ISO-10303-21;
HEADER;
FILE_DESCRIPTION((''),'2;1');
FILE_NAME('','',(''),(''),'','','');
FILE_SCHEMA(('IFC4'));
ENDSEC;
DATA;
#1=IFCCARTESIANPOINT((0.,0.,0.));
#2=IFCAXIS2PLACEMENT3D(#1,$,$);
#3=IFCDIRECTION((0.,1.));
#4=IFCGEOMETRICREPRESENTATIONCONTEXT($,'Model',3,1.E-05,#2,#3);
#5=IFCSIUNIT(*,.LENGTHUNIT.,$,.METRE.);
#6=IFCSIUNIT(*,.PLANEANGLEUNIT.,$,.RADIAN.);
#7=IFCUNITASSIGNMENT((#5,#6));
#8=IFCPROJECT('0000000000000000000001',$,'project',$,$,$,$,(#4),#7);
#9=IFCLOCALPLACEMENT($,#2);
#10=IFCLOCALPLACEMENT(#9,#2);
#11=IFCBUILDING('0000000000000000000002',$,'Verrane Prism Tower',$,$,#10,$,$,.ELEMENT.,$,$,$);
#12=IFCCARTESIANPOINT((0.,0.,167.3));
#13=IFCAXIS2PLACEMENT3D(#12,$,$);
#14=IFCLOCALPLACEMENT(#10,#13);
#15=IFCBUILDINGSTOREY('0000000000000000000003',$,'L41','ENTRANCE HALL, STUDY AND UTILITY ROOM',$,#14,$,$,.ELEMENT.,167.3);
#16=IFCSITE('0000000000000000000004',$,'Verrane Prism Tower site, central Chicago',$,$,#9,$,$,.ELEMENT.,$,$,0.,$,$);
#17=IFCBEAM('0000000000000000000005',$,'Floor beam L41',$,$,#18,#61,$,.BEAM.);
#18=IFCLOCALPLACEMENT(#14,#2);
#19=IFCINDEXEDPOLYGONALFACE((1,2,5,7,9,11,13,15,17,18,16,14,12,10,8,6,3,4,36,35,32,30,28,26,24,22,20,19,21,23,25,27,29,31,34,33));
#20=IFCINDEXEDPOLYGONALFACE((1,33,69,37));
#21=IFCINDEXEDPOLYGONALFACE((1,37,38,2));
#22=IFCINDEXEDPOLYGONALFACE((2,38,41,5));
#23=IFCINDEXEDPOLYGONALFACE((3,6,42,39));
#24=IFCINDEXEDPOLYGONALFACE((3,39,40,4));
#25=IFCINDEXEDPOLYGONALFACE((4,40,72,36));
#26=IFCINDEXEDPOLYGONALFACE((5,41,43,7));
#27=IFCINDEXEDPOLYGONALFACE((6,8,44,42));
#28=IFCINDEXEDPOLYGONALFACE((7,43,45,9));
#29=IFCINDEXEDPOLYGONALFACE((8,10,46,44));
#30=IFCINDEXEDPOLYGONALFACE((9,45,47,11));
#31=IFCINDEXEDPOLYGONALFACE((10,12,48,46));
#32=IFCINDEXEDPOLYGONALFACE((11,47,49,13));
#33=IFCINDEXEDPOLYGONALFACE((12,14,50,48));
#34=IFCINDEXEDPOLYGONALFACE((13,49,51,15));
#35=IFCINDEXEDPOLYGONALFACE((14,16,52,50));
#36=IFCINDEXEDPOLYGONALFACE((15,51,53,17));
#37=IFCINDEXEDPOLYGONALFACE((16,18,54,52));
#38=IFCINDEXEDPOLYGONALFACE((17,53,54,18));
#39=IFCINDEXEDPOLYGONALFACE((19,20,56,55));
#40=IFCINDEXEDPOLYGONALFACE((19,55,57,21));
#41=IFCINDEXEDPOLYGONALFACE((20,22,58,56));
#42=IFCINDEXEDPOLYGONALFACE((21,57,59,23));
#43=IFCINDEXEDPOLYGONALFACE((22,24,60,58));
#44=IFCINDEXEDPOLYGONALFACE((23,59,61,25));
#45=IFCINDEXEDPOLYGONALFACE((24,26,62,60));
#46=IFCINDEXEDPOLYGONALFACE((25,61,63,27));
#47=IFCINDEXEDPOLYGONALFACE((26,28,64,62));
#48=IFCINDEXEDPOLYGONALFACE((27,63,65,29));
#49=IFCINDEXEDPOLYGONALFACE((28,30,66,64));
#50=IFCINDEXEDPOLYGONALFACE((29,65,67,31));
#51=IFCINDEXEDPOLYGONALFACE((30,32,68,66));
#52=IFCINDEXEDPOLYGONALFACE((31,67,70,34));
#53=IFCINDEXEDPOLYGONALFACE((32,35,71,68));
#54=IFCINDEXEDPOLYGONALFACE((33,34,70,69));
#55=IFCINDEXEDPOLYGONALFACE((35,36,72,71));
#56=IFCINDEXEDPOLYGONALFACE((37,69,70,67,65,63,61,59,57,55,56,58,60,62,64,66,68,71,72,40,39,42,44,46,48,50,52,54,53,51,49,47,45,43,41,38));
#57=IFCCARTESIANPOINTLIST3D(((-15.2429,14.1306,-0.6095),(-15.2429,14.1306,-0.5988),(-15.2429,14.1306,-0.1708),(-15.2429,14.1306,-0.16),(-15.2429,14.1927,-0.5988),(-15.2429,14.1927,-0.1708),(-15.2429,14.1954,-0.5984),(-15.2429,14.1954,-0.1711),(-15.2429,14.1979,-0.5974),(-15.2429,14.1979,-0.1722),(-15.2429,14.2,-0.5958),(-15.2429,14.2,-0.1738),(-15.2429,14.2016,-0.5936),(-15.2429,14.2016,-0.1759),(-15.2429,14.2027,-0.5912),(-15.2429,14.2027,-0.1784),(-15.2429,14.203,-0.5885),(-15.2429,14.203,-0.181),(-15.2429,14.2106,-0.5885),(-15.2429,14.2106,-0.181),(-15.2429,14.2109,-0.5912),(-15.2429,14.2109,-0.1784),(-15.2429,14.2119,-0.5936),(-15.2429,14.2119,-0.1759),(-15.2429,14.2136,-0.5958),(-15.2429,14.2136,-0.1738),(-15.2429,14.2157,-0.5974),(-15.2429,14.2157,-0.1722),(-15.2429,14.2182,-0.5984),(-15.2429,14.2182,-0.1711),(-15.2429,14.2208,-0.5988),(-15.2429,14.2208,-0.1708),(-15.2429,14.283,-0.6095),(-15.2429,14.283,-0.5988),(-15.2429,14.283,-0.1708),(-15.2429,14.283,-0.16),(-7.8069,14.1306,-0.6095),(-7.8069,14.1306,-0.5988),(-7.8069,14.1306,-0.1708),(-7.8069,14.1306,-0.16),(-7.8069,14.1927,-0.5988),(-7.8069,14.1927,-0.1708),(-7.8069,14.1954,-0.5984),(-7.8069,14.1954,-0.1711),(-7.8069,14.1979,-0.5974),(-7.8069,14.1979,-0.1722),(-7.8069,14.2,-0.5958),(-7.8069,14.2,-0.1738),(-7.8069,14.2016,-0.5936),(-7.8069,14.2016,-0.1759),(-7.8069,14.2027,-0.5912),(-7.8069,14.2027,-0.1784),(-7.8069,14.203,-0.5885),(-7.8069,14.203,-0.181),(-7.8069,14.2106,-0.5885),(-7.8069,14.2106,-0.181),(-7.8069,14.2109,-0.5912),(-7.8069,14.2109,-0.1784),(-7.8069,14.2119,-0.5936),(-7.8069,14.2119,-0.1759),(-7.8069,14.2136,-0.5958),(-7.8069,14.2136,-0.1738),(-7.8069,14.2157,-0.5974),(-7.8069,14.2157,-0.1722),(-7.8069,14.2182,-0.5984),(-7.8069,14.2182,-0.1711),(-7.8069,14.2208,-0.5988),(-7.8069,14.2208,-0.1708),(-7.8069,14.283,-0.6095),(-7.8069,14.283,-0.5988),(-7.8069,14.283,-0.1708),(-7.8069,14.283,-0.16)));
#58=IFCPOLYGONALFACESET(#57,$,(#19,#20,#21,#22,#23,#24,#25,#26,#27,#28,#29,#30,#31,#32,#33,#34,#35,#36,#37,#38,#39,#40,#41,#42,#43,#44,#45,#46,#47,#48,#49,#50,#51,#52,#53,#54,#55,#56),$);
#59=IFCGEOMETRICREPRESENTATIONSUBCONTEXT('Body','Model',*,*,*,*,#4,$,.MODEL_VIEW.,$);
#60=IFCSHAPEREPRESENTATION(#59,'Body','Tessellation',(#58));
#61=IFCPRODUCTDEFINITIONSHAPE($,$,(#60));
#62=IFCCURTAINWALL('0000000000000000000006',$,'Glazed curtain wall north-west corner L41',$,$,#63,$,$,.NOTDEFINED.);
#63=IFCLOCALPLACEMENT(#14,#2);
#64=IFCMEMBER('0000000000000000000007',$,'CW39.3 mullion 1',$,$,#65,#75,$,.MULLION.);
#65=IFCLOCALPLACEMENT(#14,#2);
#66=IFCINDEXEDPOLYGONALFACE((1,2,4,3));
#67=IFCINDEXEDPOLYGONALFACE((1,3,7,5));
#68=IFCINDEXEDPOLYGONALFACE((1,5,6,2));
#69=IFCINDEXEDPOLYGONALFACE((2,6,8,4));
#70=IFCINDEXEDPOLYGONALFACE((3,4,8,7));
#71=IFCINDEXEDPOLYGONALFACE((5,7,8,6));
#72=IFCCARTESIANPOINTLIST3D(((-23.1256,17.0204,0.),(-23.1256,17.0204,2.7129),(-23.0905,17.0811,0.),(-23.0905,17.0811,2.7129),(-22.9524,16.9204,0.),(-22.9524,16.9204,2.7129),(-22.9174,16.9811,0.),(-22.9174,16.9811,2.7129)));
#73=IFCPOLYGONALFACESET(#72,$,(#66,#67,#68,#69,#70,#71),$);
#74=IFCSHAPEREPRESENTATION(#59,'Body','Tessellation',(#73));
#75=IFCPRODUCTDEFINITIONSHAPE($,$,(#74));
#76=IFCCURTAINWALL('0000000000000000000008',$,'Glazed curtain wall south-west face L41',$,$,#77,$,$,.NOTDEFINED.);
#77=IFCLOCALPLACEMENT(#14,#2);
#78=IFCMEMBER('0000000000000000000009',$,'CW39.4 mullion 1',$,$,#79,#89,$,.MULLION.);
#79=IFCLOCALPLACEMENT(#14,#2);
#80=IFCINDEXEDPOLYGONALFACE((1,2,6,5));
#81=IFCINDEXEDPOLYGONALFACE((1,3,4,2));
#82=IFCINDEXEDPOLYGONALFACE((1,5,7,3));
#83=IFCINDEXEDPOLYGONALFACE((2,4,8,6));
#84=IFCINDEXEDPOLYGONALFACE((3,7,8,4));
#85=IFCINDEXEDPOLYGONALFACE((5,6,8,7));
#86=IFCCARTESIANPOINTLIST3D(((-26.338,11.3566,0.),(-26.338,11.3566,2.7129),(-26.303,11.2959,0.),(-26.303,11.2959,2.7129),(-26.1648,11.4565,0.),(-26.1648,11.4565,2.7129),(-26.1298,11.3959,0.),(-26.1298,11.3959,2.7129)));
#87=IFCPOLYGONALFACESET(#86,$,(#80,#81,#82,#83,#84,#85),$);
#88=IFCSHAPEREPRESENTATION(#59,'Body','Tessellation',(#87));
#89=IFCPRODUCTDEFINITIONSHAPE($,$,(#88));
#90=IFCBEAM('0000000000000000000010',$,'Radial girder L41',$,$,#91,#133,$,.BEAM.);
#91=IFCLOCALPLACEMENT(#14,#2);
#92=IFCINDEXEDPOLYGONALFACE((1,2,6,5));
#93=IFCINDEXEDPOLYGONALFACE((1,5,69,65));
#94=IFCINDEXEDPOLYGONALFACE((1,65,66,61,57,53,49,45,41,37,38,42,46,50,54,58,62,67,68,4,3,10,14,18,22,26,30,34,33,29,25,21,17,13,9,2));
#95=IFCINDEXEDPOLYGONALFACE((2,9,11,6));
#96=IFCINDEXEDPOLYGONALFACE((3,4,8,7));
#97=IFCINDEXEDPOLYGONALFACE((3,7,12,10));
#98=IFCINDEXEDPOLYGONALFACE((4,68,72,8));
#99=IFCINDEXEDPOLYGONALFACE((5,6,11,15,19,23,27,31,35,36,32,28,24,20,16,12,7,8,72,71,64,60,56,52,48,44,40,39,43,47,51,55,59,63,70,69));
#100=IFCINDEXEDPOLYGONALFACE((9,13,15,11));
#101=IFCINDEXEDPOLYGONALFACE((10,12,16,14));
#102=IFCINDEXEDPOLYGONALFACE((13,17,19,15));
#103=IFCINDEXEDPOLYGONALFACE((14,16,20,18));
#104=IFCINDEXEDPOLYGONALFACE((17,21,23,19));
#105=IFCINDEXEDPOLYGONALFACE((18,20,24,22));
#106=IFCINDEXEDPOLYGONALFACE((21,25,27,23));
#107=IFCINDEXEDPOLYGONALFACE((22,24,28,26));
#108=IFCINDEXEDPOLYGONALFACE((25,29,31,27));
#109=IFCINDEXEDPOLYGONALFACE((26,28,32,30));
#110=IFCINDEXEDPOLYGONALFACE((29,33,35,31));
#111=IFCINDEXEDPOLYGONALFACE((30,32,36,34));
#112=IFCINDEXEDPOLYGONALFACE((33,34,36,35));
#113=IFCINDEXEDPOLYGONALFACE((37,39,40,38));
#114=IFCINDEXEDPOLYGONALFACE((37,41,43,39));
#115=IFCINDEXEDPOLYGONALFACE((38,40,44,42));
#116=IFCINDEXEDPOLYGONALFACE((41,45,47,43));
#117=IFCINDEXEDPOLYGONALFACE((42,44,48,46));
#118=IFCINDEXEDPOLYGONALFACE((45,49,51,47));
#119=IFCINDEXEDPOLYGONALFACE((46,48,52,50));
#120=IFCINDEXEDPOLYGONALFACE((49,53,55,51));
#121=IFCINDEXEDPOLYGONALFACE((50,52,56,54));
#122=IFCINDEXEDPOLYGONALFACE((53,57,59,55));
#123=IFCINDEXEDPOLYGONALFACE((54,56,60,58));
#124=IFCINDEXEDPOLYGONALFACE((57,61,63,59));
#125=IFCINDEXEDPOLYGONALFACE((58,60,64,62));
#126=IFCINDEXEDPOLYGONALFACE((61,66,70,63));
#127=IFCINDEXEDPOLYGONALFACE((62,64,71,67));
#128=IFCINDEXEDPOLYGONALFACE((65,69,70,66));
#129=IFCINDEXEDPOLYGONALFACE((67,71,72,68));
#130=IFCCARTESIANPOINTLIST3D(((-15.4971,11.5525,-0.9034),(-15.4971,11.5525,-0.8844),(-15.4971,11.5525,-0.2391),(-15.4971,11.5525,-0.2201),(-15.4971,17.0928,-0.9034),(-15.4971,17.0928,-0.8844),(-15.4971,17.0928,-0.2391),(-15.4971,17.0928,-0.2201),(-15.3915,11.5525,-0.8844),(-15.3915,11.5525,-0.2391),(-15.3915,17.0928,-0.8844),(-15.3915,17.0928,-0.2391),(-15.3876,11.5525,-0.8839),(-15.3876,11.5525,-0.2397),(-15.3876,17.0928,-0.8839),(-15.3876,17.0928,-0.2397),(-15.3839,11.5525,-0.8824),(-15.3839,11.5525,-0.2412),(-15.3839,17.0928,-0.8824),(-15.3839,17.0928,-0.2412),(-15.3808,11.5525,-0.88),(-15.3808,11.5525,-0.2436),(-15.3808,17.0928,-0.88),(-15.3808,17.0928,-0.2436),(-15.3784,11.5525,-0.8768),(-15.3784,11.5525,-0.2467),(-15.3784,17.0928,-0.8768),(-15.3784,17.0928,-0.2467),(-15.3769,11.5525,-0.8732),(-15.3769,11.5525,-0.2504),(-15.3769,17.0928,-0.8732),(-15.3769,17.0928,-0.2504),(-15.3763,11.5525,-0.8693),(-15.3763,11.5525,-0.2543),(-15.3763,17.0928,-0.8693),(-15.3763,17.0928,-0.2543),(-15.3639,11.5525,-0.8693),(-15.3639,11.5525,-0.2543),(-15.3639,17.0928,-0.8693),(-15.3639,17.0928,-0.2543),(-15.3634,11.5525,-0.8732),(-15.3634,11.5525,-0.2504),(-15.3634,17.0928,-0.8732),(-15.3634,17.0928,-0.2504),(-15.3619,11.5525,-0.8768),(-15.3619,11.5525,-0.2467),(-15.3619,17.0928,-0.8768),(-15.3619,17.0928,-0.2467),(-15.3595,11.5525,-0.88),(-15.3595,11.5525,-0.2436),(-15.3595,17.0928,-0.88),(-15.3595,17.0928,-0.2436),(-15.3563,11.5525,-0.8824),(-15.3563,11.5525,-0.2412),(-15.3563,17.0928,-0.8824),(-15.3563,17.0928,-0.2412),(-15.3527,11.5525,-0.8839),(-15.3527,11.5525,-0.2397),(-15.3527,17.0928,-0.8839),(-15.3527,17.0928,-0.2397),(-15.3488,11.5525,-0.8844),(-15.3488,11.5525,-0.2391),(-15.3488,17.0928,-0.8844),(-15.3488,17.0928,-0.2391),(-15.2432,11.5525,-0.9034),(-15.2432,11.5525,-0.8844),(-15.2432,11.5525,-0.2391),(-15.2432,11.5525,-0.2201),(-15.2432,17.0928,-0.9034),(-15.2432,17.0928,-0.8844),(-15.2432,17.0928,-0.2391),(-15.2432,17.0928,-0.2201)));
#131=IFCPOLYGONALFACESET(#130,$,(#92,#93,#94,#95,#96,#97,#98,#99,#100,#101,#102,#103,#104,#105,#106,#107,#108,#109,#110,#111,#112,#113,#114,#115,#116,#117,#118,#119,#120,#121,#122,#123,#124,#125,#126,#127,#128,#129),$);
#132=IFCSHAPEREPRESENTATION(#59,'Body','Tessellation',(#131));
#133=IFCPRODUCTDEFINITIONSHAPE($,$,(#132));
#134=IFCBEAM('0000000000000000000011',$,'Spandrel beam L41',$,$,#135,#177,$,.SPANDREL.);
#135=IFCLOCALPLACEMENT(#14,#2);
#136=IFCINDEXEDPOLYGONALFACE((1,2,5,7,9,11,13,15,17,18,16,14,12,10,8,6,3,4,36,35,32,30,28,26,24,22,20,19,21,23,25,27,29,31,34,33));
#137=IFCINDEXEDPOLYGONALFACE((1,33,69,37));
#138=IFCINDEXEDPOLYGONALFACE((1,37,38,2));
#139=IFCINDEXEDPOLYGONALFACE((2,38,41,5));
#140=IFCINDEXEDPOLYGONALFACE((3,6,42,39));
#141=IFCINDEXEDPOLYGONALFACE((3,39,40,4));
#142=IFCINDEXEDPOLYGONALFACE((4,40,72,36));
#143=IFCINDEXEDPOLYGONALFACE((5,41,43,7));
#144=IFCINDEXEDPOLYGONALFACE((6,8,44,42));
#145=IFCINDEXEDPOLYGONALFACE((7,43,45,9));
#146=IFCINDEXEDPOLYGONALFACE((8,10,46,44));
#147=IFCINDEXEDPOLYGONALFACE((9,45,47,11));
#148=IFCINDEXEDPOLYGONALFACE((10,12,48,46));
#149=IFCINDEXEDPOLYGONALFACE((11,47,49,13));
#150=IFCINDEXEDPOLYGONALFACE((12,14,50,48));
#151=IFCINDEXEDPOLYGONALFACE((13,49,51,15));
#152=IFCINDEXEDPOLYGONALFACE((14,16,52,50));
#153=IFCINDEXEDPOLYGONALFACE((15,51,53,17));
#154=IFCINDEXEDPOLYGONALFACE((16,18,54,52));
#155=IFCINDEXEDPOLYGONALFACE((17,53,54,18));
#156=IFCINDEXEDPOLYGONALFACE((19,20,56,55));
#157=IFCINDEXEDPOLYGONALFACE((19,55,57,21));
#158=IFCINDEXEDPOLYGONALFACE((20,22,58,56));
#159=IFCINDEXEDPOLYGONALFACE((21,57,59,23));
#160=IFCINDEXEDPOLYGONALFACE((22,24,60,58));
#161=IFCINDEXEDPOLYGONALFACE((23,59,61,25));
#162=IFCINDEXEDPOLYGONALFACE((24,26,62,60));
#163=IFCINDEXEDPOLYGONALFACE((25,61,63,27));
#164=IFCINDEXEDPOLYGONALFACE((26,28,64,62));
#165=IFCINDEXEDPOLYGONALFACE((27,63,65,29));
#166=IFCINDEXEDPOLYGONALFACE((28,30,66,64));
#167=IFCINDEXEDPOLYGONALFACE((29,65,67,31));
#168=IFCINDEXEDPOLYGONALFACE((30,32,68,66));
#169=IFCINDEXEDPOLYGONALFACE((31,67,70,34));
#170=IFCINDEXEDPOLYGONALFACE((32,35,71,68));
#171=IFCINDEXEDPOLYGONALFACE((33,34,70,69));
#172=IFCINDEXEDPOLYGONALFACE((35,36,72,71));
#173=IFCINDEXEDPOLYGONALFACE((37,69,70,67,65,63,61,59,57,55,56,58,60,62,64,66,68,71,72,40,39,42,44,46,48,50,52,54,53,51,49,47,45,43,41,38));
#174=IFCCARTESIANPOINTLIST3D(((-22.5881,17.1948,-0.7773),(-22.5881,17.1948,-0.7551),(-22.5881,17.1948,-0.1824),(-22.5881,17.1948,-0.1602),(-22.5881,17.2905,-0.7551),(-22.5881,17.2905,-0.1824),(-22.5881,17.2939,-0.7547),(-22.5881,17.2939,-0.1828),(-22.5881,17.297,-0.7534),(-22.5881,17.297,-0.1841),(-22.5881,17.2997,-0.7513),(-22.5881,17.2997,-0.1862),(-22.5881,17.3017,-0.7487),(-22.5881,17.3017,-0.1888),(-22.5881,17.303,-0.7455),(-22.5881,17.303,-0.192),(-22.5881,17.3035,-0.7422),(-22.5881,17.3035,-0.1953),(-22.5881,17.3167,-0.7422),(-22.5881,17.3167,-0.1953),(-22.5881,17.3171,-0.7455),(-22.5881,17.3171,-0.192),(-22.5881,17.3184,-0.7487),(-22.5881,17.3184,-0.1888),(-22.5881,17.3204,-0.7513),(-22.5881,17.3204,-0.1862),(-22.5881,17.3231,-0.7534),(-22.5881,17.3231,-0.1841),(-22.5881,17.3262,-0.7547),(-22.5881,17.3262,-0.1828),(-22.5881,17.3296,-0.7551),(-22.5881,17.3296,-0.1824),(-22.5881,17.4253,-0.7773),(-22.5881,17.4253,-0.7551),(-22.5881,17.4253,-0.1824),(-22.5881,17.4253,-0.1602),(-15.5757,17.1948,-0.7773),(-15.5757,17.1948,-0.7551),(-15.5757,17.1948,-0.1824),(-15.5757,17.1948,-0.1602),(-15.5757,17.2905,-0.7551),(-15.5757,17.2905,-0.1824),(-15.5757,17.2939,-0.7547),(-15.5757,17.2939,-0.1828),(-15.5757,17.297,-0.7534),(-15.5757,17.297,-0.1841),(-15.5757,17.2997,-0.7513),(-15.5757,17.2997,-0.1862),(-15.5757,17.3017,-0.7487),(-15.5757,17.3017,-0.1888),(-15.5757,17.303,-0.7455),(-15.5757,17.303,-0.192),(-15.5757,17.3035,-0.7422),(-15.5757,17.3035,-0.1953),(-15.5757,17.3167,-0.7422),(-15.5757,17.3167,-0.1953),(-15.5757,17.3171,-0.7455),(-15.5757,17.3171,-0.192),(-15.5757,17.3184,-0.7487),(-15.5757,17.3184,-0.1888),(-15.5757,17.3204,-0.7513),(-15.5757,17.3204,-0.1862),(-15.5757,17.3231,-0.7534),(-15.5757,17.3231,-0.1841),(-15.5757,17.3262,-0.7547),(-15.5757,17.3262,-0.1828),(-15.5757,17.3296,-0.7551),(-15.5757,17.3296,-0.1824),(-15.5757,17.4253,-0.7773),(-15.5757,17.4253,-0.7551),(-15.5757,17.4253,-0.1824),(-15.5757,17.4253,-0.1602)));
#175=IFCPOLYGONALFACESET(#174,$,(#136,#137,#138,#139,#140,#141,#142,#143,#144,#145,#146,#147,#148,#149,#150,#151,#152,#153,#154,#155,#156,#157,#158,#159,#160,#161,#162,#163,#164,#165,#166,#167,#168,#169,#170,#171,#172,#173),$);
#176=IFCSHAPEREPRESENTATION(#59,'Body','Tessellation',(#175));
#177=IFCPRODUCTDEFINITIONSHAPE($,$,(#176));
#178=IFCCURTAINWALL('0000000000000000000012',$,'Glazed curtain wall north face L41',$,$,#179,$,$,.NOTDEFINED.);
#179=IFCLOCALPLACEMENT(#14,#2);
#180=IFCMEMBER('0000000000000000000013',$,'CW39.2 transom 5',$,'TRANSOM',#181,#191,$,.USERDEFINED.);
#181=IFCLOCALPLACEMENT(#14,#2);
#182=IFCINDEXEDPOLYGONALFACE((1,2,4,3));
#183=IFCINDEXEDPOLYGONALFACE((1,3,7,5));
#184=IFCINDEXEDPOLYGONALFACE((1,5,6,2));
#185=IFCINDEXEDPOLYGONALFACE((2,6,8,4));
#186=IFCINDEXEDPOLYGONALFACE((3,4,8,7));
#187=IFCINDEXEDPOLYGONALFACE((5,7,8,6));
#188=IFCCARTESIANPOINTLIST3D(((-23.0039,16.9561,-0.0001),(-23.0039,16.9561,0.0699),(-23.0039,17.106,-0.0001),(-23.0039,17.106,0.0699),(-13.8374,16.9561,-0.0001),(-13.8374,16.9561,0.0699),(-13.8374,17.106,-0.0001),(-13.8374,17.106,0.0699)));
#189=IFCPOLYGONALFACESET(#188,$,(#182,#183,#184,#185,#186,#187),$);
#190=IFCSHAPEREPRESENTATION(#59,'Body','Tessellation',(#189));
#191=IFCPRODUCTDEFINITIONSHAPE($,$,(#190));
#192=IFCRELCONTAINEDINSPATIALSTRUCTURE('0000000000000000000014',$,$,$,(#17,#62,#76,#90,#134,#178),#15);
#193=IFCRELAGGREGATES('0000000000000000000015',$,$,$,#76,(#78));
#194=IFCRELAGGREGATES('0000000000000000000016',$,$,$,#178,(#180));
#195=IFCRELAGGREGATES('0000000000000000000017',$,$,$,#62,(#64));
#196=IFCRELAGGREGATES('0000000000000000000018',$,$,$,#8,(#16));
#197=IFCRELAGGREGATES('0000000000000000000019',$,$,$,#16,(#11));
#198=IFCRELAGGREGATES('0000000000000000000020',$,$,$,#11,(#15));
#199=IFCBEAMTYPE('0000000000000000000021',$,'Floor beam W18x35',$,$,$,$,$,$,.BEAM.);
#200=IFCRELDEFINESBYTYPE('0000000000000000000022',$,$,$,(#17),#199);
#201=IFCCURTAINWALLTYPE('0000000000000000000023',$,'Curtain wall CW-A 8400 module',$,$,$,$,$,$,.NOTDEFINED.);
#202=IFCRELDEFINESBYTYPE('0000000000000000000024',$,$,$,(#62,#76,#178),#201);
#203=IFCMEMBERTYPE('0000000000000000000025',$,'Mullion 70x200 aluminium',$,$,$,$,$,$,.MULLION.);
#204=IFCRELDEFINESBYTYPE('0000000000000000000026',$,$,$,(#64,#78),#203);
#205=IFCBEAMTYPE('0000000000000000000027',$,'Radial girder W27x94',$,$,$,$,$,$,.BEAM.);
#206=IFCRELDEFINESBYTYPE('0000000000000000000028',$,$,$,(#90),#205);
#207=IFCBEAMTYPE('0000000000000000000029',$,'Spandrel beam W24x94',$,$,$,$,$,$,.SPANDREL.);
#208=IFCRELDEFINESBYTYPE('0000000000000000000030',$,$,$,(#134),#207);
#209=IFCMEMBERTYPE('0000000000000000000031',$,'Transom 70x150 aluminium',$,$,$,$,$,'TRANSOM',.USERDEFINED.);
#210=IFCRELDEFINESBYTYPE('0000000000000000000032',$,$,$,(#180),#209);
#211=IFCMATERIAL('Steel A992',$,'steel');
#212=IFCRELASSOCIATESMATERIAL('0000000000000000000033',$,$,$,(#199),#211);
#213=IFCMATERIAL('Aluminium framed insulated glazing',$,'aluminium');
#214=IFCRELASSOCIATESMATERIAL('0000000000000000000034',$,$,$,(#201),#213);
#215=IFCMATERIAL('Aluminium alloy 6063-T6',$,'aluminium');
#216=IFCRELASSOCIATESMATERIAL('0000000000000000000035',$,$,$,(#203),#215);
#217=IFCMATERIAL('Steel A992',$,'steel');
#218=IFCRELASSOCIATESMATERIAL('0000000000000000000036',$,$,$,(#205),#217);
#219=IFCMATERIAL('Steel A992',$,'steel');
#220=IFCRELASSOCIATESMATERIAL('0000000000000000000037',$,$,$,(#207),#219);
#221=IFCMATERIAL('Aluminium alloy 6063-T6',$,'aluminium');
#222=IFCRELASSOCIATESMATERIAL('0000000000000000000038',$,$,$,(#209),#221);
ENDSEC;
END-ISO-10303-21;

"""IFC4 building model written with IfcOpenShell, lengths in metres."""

from ifc_helpers import new_model, si_unit, direction, frame, origin, origin_2d, place, context, subcontext, project, spatial, rectangle, i_section, extrude, material, material_profile, profile_set, type_object, element, aggregate, save


model = new_model("IFC4")

# Units and contexts
model_context = context("Model", 3, precision=1e-05, world=origin(), true_north=direction((0.0, 1.0)))
body_context = subcontext(model_context, "Body", "Model", "MODEL_VIEW")
ifc_project = project(units=[si_unit("LENGTHUNIT", "METRE"), si_unit("PLANEANGLEUNIT", "RADIAN")], contexts=[model_context])

# Site, building, storey
site_placement = place(None, origin())
site = spatial("IfcSite", under=ifc_project, at=site_placement, Name="Verrane Prism Tower site, central Chicago", CompositionType="ELEMENT", RefElevation=0.0)
building_placement = place(site_placement, origin())
building = spatial("IfcBuilding", under=site, at=building_placement, Name="Verrane Prism Tower", CompositionType="ELEMENT")
storey_placement = place(building_placement, frame((0.0, 0.0, 167.3)))
storey = spatial("IfcBuildingStorey", under=building, at=storey_placement, Name="L41", Description="ENTRANCE HALL, STUDY AND UTILITY ROOM", CompositionType="ELEMENT", Elevation=167.3)

# Beam
ifc_material_1 = material(Name="Steel A992", Category="steel")
ifc_material_profile_1 = material_profile(ifc_material_1, i_section(OverallWidth=0.1523, OverallDepth=0.4495, WebThickness=0.0076, FlangeThickness=0.0107, FilletRadius=0.0103, at=origin_2d()), Name="W18x35")
ifc_profile_set_1 = profile_set([ifc_material_profile_1], Name="Steel A992")
beam_type_1 = type_object("IfcBeamType", Name="Floor beam W18x35", PredefinedType="BEAM", material=ifc_profile_set_1)
beam_1_placement = place(storey_placement, frame((-15.2429, 14.2068, -0.3848), z_axis=(1.0, 0.0, 0.0), x_axis=(0.0, 1.0, 0.0)))
element("IfcBeam", 1, at=beam_1_placement, inside=storey, type_object=beam_type_1, Name="Floor beam L41", PredefinedType="BEAM", context=body_context, shape_type="SweptSolid", body=[
    extrude(i_section(OverallWidth=0.1523, OverallDepth=0.4495, WebThickness=0.0076, FlangeThickness=0.0107, FilletRadius=0.0103, at=origin_2d()), origin(), (0.0, 0.0, 1.0), 7.436),
])

# Curtain walls, members
ifc_material_2 = material(Name="Aluminium framed insulated glazing", Category="aluminium")
curtain_wall_type = type_object("IfcCurtainWallType", Name="Curtain wall CW-A 8400 module", PredefinedType="NOTDEFINED", material=ifc_material_2)
curtain_wall_1_placement = place(storey_placement, origin())
curtain_wall_1 = element("IfcCurtainWall", 2, at=curtain_wall_1_placement, inside=storey, type_object=curtain_wall_type, Name="Glazed curtain wall north-west corner L41", PredefinedType="NOTDEFINED")
ifc_material_3 = material(Name="Aluminium alloy 6063-T6", Category="aluminium")
ifc_material_profile_2 = material_profile(ifc_material_3, rectangle(XDim=0.2, YDim=0.0701, at=origin_2d()), Name="Mullion 70x200 aluminium")
ifc_profile_set_2 = profile_set([ifc_material_profile_2], Name="Aluminium alloy 6063-T6")
member_type_1 = type_object("IfcMemberType", Name="Mullion 70x200 aluminium", PredefinedType="MULLION", material=ifc_profile_set_2)
member_1_placement = place(storey_placement, frame((-23.0215, 17.0007, 0.0), z_axis=(0.0, 0.0, 1.0), x_axis=(0.866022, -0.500006, 0.0)))
member_1 = element("IfcMember", 3, at=member_1_placement, type_object=member_type_1, Name="CW39.3 mullion 1", PredefinedType="MULLION", context=body_context, shape_type="SweptSolid", body=[
    extrude(rectangle(XDim=0.2, YDim=0.0701, at=origin_2d()), origin(), (0.0, 0.0, 1.0), 2.7129),
])
curtain_wall_2_placement = place(storey_placement, origin())
curtain_wall_2 = element("IfcCurtainWall", 4, at=curtain_wall_2_placement, inside=storey, type_object=curtain_wall_type, Name="Glazed curtain wall south-west face L41", PredefinedType="NOTDEFINED")
member_2_placement = place(storey_placement, frame((-26.2339, 11.3762, 0.0), z_axis=(0.0, 0.0, 1.0), x_axis=(0.866026, 0.499999, 0.0)))
member_2 = element("IfcMember", 5, at=member_2_placement, type_object=member_type_1, Name="CW39.4 mullion 1", PredefinedType="MULLION", context=body_context, shape_type="SweptSolid", body=[
    extrude(rectangle(XDim=0.2, YDim=0.0701, at=origin_2d()), origin(), (0.0, 0.0, 1.0), 2.7129),
])

# Beams
ifc_material_4 = material(Name="Steel A992", Category="steel")
ifc_material_profile_3 = material_profile(ifc_material_4, i_section(OverallWidth=0.2539, OverallDepth=0.6833, WebThickness=0.0125, FlangeThickness=0.019, FilletRadius=0.0151, at=origin_2d()), Name="W27x94")
ifc_profile_set_3 = profile_set([ifc_material_profile_3], Name="Steel A992")
beam_type_2 = type_object("IfcBeamType", Name="Radial girder W27x94", PredefinedType="BEAM", material=ifc_profile_set_3)
beam_2_placement = place(storey_placement, frame((-15.3701, 17.0928, -0.5618), z_axis=(0.0, -1.0, 0.0), x_axis=(1.0, 0.0, 0.0)))
element("IfcBeam", 6, at=beam_2_placement, inside=storey, type_object=beam_type_2, Name="Radial girder L41", PredefinedType="BEAM", context=body_context, shape_type="SweptSolid", body=[
    extrude(i_section(OverallWidth=0.2539, OverallDepth=0.6833, WebThickness=0.0125, FlangeThickness=0.019, FilletRadius=0.0151, at=origin_2d()), origin(), (0.0, 0.0, 1.0), 5.5403),
])
ifc_material_5 = material(Name="Steel A992", Category="steel")
ifc_material_profile_4 = material_profile(ifc_material_5, i_section(OverallWidth=0.2305, OverallDepth=0.6172, WebThickness=0.0132, FlangeThickness=0.0222, FilletRadius=0.0129, at=origin_2d()), Name="W24x94")
ifc_profile_set_4 = profile_set([ifc_material_profile_4], Name="Steel A992")
beam_type_3 = type_object("IfcBeamType", Name="Spandrel beam W24x94", PredefinedType="SPANDREL", material=ifc_profile_set_4)
beam_3_placement = place(storey_placement, frame((-15.5757, 17.3101, -0.4688), z_axis=(-1.0, 0.0, 0.0), x_axis=(0.0, -1.0, 0.0)))
element("IfcBeam", 7, at=beam_3_placement, inside=storey, type_object=beam_type_3, Name="Spandrel beam L41", PredefinedType="SPANDREL", context=body_context, shape_type="SweptSolid", body=[
    extrude(i_section(OverallWidth=0.2305, OverallDepth=0.6172, WebThickness=0.0132, FlangeThickness=0.0222, FilletRadius=0.0129, at=origin_2d()), origin(), (0.0, 0.0, 1.0), 7.0125),
])

# Curtain wall, member
curtain_wall_3_placement = place(storey_placement, origin())
curtain_wall_3 = element("IfcCurtainWall", 8, at=curtain_wall_3_placement, inside=storey, type_object=curtain_wall_type, Name="Glazed curtain wall north face L41", PredefinedType="NOTDEFINED")
ifc_material_6 = material(Name="Aluminium alloy 6063-T6", Category="aluminium")
ifc_material_profile_5 = material_profile(ifc_material_6, rectangle(XDim=0.1499, YDim=0.0701, at=origin_2d()), Name="Transom 70x150 aluminium")
ifc_profile_set_5 = profile_set([ifc_material_profile_5], Name="Aluminium alloy 6063-T6")
member_type_2 = type_object("IfcMemberType", Name="Transom 70x150 aluminium", ElementType="TRANSOM", PredefinedType="USERDEFINED", material=ifc_profile_set_5)
member_3_placement = place(storey_placement, frame((-13.8374, 17.031, 0.0349), z_axis=(-1.0, 0.0, 0.0), x_axis=(0.0, -1.0, 0.0)))
member_3 = element("IfcMember", 9, at=member_3_placement, type_object=member_type_2, Name="CW39.2 transom 5", ObjectType="TRANSOM", PredefinedType="USERDEFINED", context=body_context, shape_type="SweptSolid", body=[
    extrude(rectangle(XDim=0.1499, YDim=0.0701, at=origin_2d()), origin(), (0.0, 0.0, 1.0), 9.1665),
])

aggregate(curtain_wall_2, [member_2])

aggregate(curtain_wall_3, [member_3])
aggregate(curtain_wall_1, [member_1])

save(model, "model.ifc")
